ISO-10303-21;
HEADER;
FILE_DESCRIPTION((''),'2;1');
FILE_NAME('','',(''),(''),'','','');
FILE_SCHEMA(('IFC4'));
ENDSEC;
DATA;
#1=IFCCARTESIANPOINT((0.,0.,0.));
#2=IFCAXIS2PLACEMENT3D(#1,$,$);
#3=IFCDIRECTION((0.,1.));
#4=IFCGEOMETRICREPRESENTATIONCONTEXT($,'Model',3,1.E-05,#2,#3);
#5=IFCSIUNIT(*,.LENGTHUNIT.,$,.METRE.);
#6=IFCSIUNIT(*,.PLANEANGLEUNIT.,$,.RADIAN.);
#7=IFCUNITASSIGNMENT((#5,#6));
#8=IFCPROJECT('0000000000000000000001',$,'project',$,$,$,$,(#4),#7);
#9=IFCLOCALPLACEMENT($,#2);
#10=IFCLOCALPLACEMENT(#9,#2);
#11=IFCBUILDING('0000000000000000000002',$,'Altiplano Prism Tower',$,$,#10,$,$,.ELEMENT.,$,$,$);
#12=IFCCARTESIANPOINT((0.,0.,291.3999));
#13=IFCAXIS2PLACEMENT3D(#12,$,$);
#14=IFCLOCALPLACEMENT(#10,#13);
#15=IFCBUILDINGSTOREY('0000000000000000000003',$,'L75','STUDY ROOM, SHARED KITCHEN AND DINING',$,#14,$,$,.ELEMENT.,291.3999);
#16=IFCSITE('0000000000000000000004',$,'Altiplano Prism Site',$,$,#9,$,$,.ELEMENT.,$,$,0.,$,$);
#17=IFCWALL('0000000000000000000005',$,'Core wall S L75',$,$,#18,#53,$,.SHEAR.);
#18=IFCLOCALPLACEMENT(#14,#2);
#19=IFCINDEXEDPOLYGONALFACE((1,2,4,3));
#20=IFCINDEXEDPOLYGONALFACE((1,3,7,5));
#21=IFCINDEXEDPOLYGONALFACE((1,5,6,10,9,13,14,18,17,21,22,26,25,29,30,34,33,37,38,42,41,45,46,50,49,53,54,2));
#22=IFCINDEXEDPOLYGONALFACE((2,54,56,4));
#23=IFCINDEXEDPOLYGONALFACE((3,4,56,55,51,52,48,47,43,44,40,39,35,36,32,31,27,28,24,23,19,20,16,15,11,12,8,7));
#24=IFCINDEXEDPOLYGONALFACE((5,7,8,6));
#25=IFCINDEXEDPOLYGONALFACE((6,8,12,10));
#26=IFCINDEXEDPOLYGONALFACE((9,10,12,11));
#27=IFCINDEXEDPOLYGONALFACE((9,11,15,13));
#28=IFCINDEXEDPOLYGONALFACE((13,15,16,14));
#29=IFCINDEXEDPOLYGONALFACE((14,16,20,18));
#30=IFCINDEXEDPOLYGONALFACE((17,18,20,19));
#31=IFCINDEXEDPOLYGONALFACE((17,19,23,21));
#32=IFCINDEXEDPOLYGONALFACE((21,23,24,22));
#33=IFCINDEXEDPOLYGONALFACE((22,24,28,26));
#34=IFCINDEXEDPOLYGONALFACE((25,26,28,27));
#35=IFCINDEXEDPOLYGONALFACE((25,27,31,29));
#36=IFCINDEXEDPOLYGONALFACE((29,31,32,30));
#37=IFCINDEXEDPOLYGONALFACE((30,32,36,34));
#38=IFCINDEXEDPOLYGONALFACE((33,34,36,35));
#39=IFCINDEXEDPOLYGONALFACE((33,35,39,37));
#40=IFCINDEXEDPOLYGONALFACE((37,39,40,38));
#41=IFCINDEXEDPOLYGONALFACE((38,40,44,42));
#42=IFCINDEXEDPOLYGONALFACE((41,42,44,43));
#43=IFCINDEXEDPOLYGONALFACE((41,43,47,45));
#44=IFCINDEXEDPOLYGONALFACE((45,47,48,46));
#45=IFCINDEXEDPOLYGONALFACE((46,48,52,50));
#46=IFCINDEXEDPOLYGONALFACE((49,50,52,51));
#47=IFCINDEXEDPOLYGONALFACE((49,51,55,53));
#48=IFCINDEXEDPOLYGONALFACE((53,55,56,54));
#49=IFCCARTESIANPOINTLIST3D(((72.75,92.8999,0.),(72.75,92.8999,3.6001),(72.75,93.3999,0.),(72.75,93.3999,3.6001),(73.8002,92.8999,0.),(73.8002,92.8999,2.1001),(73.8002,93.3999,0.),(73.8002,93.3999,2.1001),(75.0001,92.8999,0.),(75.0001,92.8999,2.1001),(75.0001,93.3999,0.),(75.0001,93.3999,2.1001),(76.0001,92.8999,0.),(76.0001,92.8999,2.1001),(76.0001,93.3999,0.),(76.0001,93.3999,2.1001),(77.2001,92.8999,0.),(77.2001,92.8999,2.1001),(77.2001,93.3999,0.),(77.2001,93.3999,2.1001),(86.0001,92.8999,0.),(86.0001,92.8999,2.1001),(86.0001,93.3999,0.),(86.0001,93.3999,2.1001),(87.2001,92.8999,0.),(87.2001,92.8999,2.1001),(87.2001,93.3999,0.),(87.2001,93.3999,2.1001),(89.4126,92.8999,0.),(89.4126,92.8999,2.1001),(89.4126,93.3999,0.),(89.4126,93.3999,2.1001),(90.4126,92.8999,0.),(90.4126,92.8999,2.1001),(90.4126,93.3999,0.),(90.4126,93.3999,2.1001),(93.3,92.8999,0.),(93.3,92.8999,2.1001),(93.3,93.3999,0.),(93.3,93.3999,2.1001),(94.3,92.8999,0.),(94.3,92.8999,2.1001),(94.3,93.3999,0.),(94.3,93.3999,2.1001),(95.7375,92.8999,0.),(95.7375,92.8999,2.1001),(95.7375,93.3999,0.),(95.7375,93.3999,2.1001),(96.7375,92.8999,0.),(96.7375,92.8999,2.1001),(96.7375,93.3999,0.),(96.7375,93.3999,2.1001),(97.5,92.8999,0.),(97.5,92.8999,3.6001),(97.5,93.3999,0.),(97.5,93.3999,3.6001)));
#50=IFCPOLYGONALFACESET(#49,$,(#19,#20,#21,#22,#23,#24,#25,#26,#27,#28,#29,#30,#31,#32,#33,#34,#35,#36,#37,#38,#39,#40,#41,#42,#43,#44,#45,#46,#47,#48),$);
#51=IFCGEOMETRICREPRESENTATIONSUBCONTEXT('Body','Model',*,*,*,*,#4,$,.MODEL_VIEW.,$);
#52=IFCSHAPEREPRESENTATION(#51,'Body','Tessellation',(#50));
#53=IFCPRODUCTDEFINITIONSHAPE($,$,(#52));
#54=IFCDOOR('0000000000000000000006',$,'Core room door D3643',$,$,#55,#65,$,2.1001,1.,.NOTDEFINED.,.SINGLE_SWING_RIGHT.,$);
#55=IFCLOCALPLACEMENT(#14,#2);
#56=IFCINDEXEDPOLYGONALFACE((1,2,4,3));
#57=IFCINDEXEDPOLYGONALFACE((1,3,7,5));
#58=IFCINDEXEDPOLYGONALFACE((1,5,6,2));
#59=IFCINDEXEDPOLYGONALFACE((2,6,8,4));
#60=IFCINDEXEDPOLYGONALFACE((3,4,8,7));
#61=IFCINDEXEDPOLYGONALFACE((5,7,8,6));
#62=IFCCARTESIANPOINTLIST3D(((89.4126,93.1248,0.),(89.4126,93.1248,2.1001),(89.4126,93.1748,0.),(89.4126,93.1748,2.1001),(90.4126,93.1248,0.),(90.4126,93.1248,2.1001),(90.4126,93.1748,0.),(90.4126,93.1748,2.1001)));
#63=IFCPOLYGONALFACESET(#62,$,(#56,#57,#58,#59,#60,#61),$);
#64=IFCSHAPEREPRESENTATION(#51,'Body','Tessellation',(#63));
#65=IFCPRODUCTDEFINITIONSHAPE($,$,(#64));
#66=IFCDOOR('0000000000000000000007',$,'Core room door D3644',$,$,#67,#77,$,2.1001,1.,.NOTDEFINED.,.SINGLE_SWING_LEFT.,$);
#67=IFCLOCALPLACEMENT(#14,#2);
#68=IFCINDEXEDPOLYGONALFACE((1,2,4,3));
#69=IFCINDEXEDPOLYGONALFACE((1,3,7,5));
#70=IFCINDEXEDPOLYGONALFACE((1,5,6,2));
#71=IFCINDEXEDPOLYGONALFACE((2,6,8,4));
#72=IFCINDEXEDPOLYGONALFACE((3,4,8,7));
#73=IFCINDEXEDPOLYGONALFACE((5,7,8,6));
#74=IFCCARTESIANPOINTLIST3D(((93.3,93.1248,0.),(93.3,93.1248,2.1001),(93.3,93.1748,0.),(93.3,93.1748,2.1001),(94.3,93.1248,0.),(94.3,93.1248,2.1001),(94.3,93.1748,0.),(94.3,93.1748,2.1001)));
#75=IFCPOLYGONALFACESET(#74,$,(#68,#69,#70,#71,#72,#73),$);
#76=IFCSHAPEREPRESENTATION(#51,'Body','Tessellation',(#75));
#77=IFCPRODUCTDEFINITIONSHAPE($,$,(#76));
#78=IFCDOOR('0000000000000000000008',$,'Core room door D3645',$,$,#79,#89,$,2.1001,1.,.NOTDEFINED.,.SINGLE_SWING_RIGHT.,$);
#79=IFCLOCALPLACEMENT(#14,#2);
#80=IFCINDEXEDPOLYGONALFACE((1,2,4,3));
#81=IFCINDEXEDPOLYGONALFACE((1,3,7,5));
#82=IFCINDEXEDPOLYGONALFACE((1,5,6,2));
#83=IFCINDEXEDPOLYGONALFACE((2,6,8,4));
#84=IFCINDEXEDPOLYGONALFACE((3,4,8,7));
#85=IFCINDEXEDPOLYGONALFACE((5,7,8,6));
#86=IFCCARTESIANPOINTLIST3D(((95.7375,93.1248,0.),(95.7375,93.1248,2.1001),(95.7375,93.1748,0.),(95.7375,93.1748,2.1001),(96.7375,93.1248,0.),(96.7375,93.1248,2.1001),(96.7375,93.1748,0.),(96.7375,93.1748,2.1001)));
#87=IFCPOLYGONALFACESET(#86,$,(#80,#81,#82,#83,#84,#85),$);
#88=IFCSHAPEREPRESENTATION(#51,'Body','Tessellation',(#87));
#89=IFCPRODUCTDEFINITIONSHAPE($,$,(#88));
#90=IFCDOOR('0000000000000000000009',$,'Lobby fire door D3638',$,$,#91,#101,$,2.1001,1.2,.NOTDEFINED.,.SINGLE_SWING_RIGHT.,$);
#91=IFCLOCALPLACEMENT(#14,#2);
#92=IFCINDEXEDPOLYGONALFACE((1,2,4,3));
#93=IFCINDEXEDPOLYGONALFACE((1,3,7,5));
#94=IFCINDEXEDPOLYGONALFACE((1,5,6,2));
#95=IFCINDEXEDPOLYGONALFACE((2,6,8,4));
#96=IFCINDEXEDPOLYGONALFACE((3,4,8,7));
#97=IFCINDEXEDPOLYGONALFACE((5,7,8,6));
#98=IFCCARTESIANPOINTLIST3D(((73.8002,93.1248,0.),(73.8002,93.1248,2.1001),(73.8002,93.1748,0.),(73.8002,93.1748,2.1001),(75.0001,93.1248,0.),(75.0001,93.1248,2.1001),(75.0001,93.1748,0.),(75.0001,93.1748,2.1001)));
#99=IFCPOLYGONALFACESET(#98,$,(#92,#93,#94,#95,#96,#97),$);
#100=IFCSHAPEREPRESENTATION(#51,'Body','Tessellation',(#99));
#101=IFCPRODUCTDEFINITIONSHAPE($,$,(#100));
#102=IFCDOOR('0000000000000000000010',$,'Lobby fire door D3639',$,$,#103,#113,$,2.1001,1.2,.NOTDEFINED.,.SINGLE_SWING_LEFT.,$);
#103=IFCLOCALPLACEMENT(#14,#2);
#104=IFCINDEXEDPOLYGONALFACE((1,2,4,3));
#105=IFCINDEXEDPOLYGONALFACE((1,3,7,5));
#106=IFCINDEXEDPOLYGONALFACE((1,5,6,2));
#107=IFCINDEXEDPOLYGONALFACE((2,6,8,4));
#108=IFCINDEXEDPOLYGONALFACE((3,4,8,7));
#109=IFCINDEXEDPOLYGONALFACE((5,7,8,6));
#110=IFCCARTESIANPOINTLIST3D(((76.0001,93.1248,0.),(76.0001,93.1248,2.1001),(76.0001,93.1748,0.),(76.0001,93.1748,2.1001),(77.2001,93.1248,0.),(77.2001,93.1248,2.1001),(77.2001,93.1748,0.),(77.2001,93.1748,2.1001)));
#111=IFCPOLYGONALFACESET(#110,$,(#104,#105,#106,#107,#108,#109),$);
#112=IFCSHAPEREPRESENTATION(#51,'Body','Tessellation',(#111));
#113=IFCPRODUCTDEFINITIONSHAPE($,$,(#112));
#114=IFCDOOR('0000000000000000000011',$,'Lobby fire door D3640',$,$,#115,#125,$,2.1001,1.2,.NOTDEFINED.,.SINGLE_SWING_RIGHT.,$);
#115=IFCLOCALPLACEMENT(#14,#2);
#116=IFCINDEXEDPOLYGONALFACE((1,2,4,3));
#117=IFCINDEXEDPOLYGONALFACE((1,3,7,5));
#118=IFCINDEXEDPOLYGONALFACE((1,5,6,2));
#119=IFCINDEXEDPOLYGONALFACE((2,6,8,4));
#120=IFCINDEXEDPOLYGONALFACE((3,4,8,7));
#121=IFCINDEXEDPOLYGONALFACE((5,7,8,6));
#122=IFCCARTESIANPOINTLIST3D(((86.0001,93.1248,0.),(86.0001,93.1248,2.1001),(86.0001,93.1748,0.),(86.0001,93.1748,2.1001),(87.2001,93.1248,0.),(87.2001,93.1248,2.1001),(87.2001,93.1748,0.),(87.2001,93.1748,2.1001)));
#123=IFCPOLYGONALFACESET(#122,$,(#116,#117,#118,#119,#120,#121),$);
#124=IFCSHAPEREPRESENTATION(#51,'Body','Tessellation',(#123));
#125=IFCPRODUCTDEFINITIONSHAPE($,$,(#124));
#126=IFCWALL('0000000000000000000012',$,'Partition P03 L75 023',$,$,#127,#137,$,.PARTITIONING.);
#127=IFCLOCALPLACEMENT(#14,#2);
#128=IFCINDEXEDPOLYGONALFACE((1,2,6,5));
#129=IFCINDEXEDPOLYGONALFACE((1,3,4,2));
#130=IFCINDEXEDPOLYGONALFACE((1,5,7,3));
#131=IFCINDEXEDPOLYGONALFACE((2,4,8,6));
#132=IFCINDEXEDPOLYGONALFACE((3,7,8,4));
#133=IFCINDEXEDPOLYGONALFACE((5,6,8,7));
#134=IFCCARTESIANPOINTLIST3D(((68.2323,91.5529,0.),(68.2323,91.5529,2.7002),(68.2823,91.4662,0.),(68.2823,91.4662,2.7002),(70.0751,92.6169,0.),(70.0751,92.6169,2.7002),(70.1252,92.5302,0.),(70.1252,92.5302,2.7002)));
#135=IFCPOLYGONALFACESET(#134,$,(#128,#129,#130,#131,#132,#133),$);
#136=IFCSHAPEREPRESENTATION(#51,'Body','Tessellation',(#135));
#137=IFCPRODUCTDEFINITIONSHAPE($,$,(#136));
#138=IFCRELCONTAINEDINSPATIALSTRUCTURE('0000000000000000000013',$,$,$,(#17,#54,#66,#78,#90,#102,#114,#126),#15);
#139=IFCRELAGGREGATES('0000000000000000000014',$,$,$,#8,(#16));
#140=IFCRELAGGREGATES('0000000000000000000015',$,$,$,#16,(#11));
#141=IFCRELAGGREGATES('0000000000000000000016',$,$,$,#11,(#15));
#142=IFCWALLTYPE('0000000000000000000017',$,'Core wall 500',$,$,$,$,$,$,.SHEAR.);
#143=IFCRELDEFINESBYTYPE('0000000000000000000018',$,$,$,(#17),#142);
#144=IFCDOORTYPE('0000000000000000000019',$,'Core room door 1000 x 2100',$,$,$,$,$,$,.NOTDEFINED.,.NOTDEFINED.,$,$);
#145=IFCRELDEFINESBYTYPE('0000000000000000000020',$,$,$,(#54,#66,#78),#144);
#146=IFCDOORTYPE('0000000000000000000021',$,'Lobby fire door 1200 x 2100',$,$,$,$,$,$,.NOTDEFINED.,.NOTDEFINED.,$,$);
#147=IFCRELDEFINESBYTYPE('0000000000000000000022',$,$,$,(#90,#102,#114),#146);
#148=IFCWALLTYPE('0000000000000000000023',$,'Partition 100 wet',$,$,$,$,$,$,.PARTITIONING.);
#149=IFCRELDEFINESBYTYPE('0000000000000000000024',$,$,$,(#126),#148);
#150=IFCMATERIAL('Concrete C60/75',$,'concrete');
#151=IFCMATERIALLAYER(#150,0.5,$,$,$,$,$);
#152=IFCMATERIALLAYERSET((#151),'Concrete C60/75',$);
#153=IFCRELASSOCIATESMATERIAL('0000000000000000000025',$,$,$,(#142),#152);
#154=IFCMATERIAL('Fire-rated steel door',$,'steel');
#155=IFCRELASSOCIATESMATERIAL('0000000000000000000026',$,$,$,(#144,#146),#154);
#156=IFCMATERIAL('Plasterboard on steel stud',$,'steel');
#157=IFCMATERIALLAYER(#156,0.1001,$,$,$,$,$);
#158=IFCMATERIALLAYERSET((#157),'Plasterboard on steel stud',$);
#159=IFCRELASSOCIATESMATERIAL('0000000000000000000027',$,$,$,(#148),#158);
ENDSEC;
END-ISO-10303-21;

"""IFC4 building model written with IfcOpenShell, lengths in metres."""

from ifc_helpers import new_model, si_unit, direction, frame, frame_2d, origin, place, context, subcontext, project, spatial, rectangle, extrude, material, layer, layer_set, type_object, element, fill, save


model = new_model("IFC4")

# Units and contexts
model_context = context("Model", 3, precision=1e-05, world=origin(), true_north=direction((0.0, 1.0)))
body_context = subcontext(model_context, "Body", "Model", "MODEL_VIEW")
ifc_project = project(units=[si_unit("LENGTHUNIT", "METRE"), si_unit("PLANEANGLEUNIT", "RADIAN")], contexts=[model_context])

# Site, building, storey
site_placement = place(None, origin())
site = spatial("IfcSite", under=ifc_project, at=site_placement, Name="Altiplano Prism Site", CompositionType="ELEMENT", RefElevation=0.0)
building_placement = place(site_placement, origin())
building = spatial("IfcBuilding", under=site, at=building_placement, Name="Altiplano Prism Tower", CompositionType="ELEMENT")
storey_placement = place(building_placement, frame((0.0, 0.0, 291.3999)))
storey = spatial("IfcBuildingStorey", under=building, at=storey_placement, Name="L75", Description="STUDY ROOM, SHARED KITCHEN AND DINING", CompositionType="ELEMENT", Elevation=291.3999)

# Shared definitions
ifc_material_1 = material(Name="Concrete C60/75", Category="concrete")

# Wall, openings, doors
ifc_layer_1 = layer(ifc_material_1, 0.5)
ifc_layer_set_1 = layer_set([ifc_layer_1], Name="Concrete C60/75")
wall_type_1 = type_object("IfcWallType", Name="Core wall 500", PredefinedType="SHEAR", material=ifc_layer_set_1)
wall_1_placement = place(storey_placement, frame((72.75, 93.1499, 0.0), z_axis=(0.0, 0.0, 1.0), x_axis=(1.0, 0.0, 0.0)))
wall_1 = element("IfcWall", 1, at=wall_1_placement, inside=storey, type_object=wall_type_1, Name="Core wall S L75", PredefinedType="SHEAR", context=body_context, shape_type="SweptSolid", body=[
    extrude(rectangle(XDim=24.75, YDim=0.5, at=frame_2d((12.375, 0.0))), origin(), (0.0, 0.0, 1.0), 3.6001),
])
opening_1_placement = place(wall_1_placement, frame((1.05, 0.0, 0.0)))
opening_1 = element("IfcOpeningElement", 2, at=opening_1_placement, cuts=wall_1, PredefinedType="OPENING", context=body_context, shape_type="SweptSolid", body=[
    extrude(rectangle(XDim=1.2, YDim=2.1001, at=frame_2d((0.6001, 1.05))), frame((0.0, 0.2605, 0.0), z_axis=(0.0, -1.0, 0.0), x_axis=(1.0, 0.0, 0.0)), (0.0, 0.0, 1.0), 0.521),
])
opening_2_placement = place(wall_1_placement, frame((3.25, 0.0, 0.0)))
opening_2 = element("IfcOpeningElement", 3, at=opening_2_placement, cuts=wall_1, PredefinedType="OPENING", context=body_context, shape_type="SweptSolid", body=[
    extrude(rectangle(XDim=1.2, YDim=2.1001, at=frame_2d((0.6001, 1.05))), frame((0.0, 0.2605, 0.0), z_axis=(0.0, -1.0, 0.0), x_axis=(1.0, 0.0, 0.0)), (0.0, 0.0, 1.0), 0.521),
])
opening_3_placement = place(wall_1_placement, frame((13.25, 0.0, 0.0)))
opening_3 = element("IfcOpeningElement", 4, at=opening_3_placement, cuts=wall_1, PredefinedType="OPENING", context=body_context, shape_type="SweptSolid", body=[
    extrude(rectangle(XDim=1.2, YDim=2.1001, at=frame_2d((0.6001, 1.05))), frame((0.0, 0.2605, 0.0), z_axis=(0.0, -1.0, 0.0), x_axis=(1.0, 0.0, 0.0)), (0.0, 0.0, 1.0), 0.521),
])
opening_4_placement = place(wall_1_placement, frame((16.6626, 0.0, 0.0)))
opening_4 = element("IfcOpeningElement", 5, at=opening_4_placement, cuts=wall_1, PredefinedType="OPENING", context=body_context, shape_type="SweptSolid", body=[
    extrude(rectangle(XDim=1.0, YDim=2.1001, at=frame_2d((0.5, 1.05))), frame((0.0, 0.2605, 0.0), z_axis=(0.0, -1.0, 0.0), x_axis=(1.0, 0.0, 0.0)), (0.0, 0.0, 1.0), 0.521),
])
opening_5_placement = place(wall_1_placement, frame((20.55, 0.0, 0.0)))
opening_5 = element("IfcOpeningElement", 6, at=opening_5_placement, cuts=wall_1, PredefinedType="OPENING", context=body_context, shape_type="SweptSolid", body=[
    extrude(rectangle(XDim=1.0, YDim=2.1001, at=frame_2d((0.5, 1.05))), frame((0.0, 0.2605, 0.0), z_axis=(0.0, -1.0, 0.0), x_axis=(1.0, 0.0, 0.0)), (0.0, 0.0, 1.0), 0.521),
])
opening_6_placement = place(wall_1_placement, frame((22.9875, 0.0, 0.0)))
opening_6 = element("IfcOpeningElement", 7, at=opening_6_placement, cuts=wall_1, PredefinedType="OPENING", context=body_context, shape_type="SweptSolid", body=[
    extrude(rectangle(XDim=1.0, YDim=2.1001, at=frame_2d((0.5, 1.05))), frame((0.0, 0.2605, 0.0), z_axis=(0.0, -1.0, 0.0), x_axis=(1.0, 0.0, 0.0)), (0.0, 0.0, 1.0), 0.521),
])
ifc_material_2 = material(Name="Fire-rated steel door", Category="steel")
door_type_1 = type_object("IfcDoorType", Name="Core room door 1000 x 2100", OperationType="NOTDEFINED", PredefinedType="NOTDEFINED", material=ifc_material_2)
door_1_placement = place(opening_4_placement, origin())
door_1 = element("IfcDoor", 8, at=door_1_placement, inside=storey, type_object=door_type_1, Name="Core room door D3643", OperationType="SINGLE_SWING_RIGHT", OverallHeight=2.1001, OverallWidth=1.0, PredefinedType="NOTDEFINED", context=body_context, shape_type="SweptSolid", body=[
    extrude(rectangle(XDim=1.0, YDim=2.1001, at=frame_2d((0.5, 1.05))), frame((0.0, 0.0249, 0.0), z_axis=(0.0, -1.0, 0.0), x_axis=(1.0, 0.0, 0.0)), (0.0, 0.0, 1.0), 0.05),
])
fill(opening_4, door_1)
door_2_placement = place(opening_5_placement, origin())
door_2 = element("IfcDoor", 9, at=door_2_placement, inside=storey, type_object=door_type_1, Name="Core room door D3644", OperationType="SINGLE_SWING_LEFT", OverallHeight=2.1001, OverallWidth=1.0, PredefinedType="NOTDEFINED", context=body_context, shape_type="SweptSolid", body=[
    extrude(rectangle(XDim=1.0, YDim=2.1001, at=frame_2d((0.5, 1.05))), frame((0.0, 0.0249, 0.0), z_axis=(0.0, -1.0, 0.0), x_axis=(1.0, 0.0, 0.0)), (0.0, 0.0, 1.0), 0.05),
])
fill(opening_5, door_2)
door_3_placement = place(opening_6_placement, origin())
door_3 = element("IfcDoor", 10, at=door_3_placement, inside=storey, type_object=door_type_1, Name="Core room door D3645", OperationType="SINGLE_SWING_RIGHT", OverallHeight=2.1001, OverallWidth=1.0, PredefinedType="NOTDEFINED", context=body_context, shape_type="SweptSolid", body=[
    extrude(rectangle(XDim=1.0, YDim=2.1001, at=frame_2d((0.5, 1.05))), frame((0.0, 0.0249, 0.0), z_axis=(0.0, -1.0, 0.0), x_axis=(1.0, 0.0, 0.0)), (0.0, 0.0, 1.0), 0.05),
])
fill(opening_6, door_3)
door_type_2 = type_object("IfcDoorType", Name="Lobby fire door 1200 x 2100", OperationType="NOTDEFINED", PredefinedType="NOTDEFINED", material=ifc_material_2)
door_4_placement = place(opening_1_placement, origin())
door_4 = element("IfcDoor", 11, at=door_4_placement, inside=storey, type_object=door_type_2, Name="Lobby fire door D3638", OperationType="SINGLE_SWING_RIGHT", OverallHeight=2.1001, OverallWidth=1.2, PredefinedType="NOTDEFINED", context=body_context, shape_type="SweptSolid", body=[
    extrude(rectangle(XDim=1.2, YDim=2.1001, at=frame_2d((0.6001, 1.05))), frame((0.0, 0.0249, 0.0), z_axis=(0.0, -1.0, 0.0), x_axis=(1.0, 0.0, 0.0)), (0.0, 0.0, 1.0), 0.05),
])
fill(opening_1, door_4)
door_5_placement = place(opening_2_placement, origin())
door_5 = element("IfcDoor", 12, at=door_5_placement, inside=storey, type_object=door_type_2, Name="Lobby fire door D3639", OperationType="SINGLE_SWING_LEFT", OverallHeight=2.1001, OverallWidth=1.2, PredefinedType="NOTDEFINED", context=body_context, shape_type="SweptSolid", body=[
    extrude(rectangle(XDim=1.2, YDim=2.1001, at=frame_2d((0.6001, 1.05))), frame((0.0, 0.0249, 0.0), z_axis=(0.0, -1.0, 0.0), x_axis=(1.0, 0.0, 0.0)), (0.0, 0.0, 1.0), 0.05),
])
fill(opening_2, door_5)
door_6_placement = place(opening_3_placement, origin())
door_6 = element("IfcDoor", 13, at=door_6_placement, inside=storey, type_object=door_type_2, Name="Lobby fire door D3640", OperationType="SINGLE_SWING_RIGHT", OverallHeight=2.1001, OverallWidth=1.2, PredefinedType="NOTDEFINED", context=body_context, shape_type="SweptSolid", body=[
    extrude(rectangle(XDim=1.2, YDim=2.1001, at=frame_2d((0.6001, 1.05))), frame((0.0, 0.0249, 0.0), z_axis=(0.0, -1.0, 0.0), x_axis=(1.0, 0.0, 0.0)), (0.0, 0.0, 1.0), 0.05),
])
fill(opening_3, door_6)

# Wall
ifc_material_3 = material(Name="Plasterboard on steel stud", Category="steel")
ifc_layer_2 = layer(ifc_material_3, 0.1001)
ifc_layer_set_2 = layer_set([ifc_layer_2], Name="Plasterboard on steel stud")
wall_type_2 = type_object("IfcWallType", Name="Partition 100 wet", PredefinedType="PARTITIONING", material=ifc_layer_set_2)
wall_2_placement = place(storey_placement, frame((68.2573, 91.5095, 0.0), z_axis=(0.0, 0.0, 1.0), x_axis=(0.866017, 0.500014, 0.0)))
element("IfcWall", 14, at=wall_2_placement, inside=storey, type_object=wall_type_2, Name="Partition P03 L75 023", PredefinedType="PARTITIONING", context=body_context, shape_type="SweptSolid", body=[
    extrude(rectangle(XDim=2.1279, YDim=0.1001, at=frame_2d((1.064, 0.0))), origin(), (0.0, 0.0, 1.0), 2.7002),
])

save(model, "model.ifc")
